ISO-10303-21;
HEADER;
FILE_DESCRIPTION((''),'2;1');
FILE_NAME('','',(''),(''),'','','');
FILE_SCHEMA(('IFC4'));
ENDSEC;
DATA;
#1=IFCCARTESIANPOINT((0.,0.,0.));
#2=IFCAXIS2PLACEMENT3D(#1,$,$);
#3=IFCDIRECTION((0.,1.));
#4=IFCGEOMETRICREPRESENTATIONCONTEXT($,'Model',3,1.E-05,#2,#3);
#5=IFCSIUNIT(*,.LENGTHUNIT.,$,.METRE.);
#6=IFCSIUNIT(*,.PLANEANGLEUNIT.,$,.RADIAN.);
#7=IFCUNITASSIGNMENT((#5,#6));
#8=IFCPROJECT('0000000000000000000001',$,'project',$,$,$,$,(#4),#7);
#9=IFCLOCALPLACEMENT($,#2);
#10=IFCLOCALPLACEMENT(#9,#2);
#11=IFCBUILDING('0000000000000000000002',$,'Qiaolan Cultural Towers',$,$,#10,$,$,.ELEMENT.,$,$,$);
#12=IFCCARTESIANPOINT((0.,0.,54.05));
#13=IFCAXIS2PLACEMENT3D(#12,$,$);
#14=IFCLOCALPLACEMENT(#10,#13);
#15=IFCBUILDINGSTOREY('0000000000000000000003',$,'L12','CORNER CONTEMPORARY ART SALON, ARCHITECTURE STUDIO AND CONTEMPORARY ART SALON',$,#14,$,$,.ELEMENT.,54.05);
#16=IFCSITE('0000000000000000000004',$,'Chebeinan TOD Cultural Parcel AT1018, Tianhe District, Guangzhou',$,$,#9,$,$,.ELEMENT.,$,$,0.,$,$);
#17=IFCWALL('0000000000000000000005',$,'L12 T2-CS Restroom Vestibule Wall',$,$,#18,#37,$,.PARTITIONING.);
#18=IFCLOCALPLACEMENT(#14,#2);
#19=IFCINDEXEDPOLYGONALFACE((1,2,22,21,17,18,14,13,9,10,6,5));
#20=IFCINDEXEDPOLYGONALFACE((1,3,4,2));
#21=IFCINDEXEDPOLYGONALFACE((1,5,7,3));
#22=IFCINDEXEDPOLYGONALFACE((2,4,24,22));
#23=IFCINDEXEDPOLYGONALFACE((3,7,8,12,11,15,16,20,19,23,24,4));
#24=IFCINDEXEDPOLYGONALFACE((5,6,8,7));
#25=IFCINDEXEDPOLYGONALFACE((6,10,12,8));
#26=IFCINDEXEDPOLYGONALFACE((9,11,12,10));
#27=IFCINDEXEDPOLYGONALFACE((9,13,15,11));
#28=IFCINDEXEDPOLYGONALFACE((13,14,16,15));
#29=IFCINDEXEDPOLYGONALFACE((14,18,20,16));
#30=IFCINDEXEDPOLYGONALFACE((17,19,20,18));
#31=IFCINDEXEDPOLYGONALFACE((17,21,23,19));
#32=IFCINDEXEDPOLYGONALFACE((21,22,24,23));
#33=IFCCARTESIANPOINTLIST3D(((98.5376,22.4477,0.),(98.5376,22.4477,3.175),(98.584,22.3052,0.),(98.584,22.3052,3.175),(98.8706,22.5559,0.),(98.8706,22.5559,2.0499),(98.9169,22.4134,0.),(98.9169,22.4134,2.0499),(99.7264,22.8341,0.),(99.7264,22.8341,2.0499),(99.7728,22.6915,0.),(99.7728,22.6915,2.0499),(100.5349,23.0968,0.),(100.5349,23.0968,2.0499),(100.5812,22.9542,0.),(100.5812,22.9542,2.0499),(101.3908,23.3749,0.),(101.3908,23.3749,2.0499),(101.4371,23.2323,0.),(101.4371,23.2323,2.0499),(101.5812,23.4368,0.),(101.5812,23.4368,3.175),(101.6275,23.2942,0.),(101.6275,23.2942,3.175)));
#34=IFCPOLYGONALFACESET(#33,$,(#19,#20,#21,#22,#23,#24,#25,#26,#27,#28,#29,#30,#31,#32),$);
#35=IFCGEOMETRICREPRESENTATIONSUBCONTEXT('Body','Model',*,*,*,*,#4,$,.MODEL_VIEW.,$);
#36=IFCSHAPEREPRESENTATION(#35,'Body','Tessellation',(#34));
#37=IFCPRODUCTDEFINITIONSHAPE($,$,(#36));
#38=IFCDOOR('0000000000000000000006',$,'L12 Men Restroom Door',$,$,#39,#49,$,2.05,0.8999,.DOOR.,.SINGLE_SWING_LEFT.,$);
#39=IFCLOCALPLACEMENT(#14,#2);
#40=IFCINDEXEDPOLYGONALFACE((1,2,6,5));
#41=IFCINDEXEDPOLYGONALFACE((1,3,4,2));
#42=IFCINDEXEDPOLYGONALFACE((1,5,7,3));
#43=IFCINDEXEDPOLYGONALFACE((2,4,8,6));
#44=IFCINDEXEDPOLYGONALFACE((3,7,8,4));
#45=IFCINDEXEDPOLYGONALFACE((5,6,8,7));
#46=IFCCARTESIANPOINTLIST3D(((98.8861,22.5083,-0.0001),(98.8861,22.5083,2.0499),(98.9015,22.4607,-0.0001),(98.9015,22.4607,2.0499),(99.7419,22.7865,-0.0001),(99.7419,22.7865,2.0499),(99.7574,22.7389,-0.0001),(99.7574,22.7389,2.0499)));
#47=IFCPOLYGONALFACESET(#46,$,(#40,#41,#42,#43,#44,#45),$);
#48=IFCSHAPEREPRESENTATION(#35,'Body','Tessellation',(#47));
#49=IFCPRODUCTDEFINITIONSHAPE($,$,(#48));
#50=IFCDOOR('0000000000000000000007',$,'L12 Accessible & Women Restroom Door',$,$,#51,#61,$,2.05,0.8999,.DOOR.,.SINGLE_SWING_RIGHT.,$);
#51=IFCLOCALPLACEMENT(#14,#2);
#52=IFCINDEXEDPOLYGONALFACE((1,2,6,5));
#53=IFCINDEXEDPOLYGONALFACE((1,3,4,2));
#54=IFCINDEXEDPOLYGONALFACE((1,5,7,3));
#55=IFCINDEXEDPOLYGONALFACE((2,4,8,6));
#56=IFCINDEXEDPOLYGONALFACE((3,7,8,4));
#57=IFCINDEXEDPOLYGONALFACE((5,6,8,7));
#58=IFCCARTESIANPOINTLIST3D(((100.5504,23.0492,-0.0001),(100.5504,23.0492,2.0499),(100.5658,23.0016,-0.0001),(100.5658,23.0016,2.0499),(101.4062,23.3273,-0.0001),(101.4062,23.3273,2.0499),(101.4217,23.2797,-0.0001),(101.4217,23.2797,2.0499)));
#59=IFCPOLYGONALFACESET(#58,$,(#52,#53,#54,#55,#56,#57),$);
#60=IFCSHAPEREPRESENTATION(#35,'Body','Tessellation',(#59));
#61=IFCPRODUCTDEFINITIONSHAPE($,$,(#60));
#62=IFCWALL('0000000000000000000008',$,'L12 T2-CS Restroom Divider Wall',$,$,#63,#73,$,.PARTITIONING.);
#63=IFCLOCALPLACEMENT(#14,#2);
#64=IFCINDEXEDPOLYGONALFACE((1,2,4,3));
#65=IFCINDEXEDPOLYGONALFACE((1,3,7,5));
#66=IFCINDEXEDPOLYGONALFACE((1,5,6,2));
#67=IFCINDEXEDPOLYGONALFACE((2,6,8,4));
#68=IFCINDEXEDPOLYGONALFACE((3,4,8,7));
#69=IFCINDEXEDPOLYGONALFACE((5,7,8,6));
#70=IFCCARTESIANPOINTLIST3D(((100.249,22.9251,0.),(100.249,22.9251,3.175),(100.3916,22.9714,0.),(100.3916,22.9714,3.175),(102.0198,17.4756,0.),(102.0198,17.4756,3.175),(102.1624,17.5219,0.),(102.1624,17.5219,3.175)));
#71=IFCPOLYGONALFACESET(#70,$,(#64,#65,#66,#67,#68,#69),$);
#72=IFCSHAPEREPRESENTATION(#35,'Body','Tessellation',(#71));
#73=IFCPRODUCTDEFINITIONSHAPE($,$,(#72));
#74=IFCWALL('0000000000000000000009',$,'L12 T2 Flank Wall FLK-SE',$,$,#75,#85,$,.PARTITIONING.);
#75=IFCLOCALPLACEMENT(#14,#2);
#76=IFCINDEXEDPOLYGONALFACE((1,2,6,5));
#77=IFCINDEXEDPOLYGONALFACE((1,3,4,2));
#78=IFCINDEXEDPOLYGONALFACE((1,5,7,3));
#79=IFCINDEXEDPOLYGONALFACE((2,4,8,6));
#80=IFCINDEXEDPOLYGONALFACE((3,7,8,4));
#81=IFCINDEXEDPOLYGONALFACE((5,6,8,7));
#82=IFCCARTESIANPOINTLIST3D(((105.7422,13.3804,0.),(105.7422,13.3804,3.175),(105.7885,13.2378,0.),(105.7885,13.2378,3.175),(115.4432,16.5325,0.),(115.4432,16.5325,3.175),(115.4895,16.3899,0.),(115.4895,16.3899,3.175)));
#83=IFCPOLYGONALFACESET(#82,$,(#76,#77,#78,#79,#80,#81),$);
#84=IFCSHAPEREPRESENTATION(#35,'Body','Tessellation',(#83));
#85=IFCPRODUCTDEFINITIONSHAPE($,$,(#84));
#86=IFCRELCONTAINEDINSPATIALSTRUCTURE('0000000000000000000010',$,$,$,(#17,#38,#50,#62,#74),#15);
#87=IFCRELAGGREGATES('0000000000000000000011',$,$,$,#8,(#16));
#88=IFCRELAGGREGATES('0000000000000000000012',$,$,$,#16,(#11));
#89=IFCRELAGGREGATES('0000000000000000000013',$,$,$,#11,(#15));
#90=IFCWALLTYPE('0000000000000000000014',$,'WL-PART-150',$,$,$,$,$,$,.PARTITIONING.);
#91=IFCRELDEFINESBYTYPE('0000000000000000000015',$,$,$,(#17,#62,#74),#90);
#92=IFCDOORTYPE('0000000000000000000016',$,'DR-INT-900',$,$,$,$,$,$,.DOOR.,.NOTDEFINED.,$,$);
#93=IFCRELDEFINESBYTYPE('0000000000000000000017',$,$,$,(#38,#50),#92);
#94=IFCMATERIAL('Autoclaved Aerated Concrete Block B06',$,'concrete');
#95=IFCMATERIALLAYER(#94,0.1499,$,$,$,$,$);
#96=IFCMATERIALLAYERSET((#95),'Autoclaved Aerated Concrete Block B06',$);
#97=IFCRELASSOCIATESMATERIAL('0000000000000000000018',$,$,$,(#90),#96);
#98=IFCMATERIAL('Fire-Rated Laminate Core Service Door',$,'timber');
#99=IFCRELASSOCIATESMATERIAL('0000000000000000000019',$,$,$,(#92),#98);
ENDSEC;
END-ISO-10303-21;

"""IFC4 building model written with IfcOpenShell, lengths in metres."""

from ifc_helpers import new_model, si_unit, direction, frame, frame_2d, origin, place, context, subcontext, project, spatial, rectangle, extrude, material, layer, layer_set, type_object, element, fill, save


model = new_model("IFC4")

# Units and contexts
model_context = context("Model", 3, precision=1e-05, world=origin(), true_north=direction((0.0, 1.0)))
body_context = subcontext(model_context, "Body", "Model", "MODEL_VIEW")
ifc_project = project(units=[si_unit("LENGTHUNIT", "METRE"), si_unit("PLANEANGLEUNIT", "RADIAN")], contexts=[model_context])

# Site, building, storey
site_placement = place(None, origin())
site = spatial("IfcSite", under=ifc_project, at=site_placement, Name="Chebeinan TOD Cultural Parcel AT1018, Tianhe District, Guangzhou", CompositionType="ELEMENT", RefElevation=0.0)
building_placement = place(site_placement, origin())
building = spatial("IfcBuilding", under=site, at=building_placement, Name="Qiaolan Cultural Towers", CompositionType="ELEMENT")
storey_placement = place(building_placement, frame((0.0, 0.0, 54.05)))
storey = spatial("IfcBuildingStorey", under=building, at=storey_placement, Name="L12", Description="CORNER CONTEMPORARY ART SALON, ARCHITECTURE STUDIO AND CONTEMPORARY ART SALON", CompositionType="ELEMENT", Elevation=54.05)

# Wall, openings, doors
ifc_material_1 = material(Name="Autoclaved Aerated Concrete Block B06", Category="concrete")
ifc_layer_1 = layer(ifc_material_1, 0.1499)
ifc_layer_set_1 = layer_set([ifc_layer_1], Name="Autoclaved Aerated Concrete Block B06")
wall_type_1 = type_object("IfcWallType", Name="WL-PART-150", PredefinedType="PARTITIONING", material=ifc_layer_set_1)
wall_1_placement = place(storey_placement, frame((98.5608, 22.3765, 0.0), z_axis=(0.0, 0.0, 1.0), x_axis=(0.951044, 0.309055, 0.0)))
wall_1 = element("IfcWall", 1, at=wall_1_placement, inside=storey, type_object=wall_type_1, Name="L12 T2-CS Restroom Vestibule Wall", PredefinedType="PARTITIONING", context=body_context, shape_type="SweptSolid", body=[
    extrude(rectangle(XDim=3.2002, YDim=0.1499, at=frame_2d((1.6001, 0.0))), origin(), (0.0, 0.0, 1.0), 3.175),
])
opening_1_placement = place(wall_1_placement, frame((0.3501, 0.0, 0.0)))
opening_1 = element("IfcOpeningElement", 2, at=opening_1_placement, cuts=wall_1, PredefinedType="OPENING", context=body_context, shape_type="SweptSolid", body=[
    extrude(rectangle(XDim=0.8999, YDim=2.05, at=frame_2d((0.45, 1.0249))), frame((0.0, 0.085, 0.0), z_axis=(0.0, -1.0, 0.0), x_axis=(1.0, 0.0, 0.0)), (0.0, 0.0, 1.0), 0.1699),
])
opening_2_placement = place(wall_1_placement, frame((2.1001, 0.0, 0.0)))
opening_2 = element("IfcOpeningElement", 3, at=opening_2_placement, cuts=wall_1, PredefinedType="OPENING", context=body_context, shape_type="SweptSolid", body=[
    extrude(rectangle(XDim=0.8999, YDim=2.05, at=frame_2d((0.45, 1.0249))), frame((0.0, 0.085, 0.0), z_axis=(0.0, -1.0, 0.0), x_axis=(1.0, 0.0, 0.0)), (0.0, 0.0, 1.0), 0.1699),
])
ifc_material_2 = material(Name="Fire-Rated Laminate Core Service Door", Category="timber")
door_type_1 = type_object("IfcDoorType", Name="DR-INT-900", OperationType="NOTDEFINED", PredefinedType="DOOR", material=ifc_material_2)
door_1_placement = place(opening_1_placement, origin())
door_1 = element("IfcDoor", 4, at=door_1_placement, inside=storey, type_object=door_type_1, Name="L12 Men Restroom Door", OperationType="SINGLE_SWING_LEFT", OverallHeight=2.05, OverallWidth=0.8999, PredefinedType="DOOR", context=body_context, shape_type="SweptSolid", body=[
    extrude(rectangle(XDim=0.8999, YDim=2.05, at=frame_2d((0.45, 1.0249))), frame((0.0, 0.0249, 0.0), z_axis=(0.0, -1.0, 0.0), x_axis=(1.0, 0.0, 0.0)), (0.0, 0.0, 1.0), 0.05),
])
fill(opening_1, door_1)
door_2_placement = place(opening_2_placement, origin())
door_2 = element("IfcDoor", 5, at=door_2_placement, inside=storey, type_object=door_type_1, Name="L12 Accessible & Women Restroom Door", OperationType="SINGLE_SWING_RIGHT", OverallHeight=2.05, OverallWidth=0.8999, PredefinedType="DOOR", context=body_context, shape_type="SweptSolid", body=[
    extrude(rectangle(XDim=0.8999, YDim=2.05, at=frame_2d((0.45, 1.0249))), frame((0.0, 0.0249, 0.0), z_axis=(0.0, -1.0, 0.0), x_axis=(1.0, 0.0, 0.0)), (0.0, 0.0, 1.0), 0.05),
])
fill(opening_2, door_2)

# Walls
wall_2_placement = place(storey_placement, frame((100.3203, 22.9482, 0.0), z_axis=(0.0, 0.0, 1.0), x_axis=(0.309035, -0.951051, 0.0)))
element("IfcWall", 6, at=wall_2_placement, inside=storey, type_object=wall_type_1, Name="L12 T2-CS Restroom Divider Wall", PredefinedType="PARTITIONING", context=body_context, shape_type="SweptSolid", body=[
    extrude(rectangle(XDim=5.73, YDim=0.1499, at=frame_2d((2.865, 0.0))), origin(), (0.0, 0.0, 1.0), 3.175),
])
wall_3_placement = place(storey_placement, frame((105.7654, 13.3091, 0.0), z_axis=(0.0, 0.0, 1.0), x_axis=(0.951054, 0.309024, 0.0)))
element("IfcWall", 7, at=wall_3_placement, inside=storey, type_object=wall_type_1, Name="L12 T2 Flank Wall FLK-SE", PredefinedType="PARTITIONING", context=body_context, shape_type="SweptSolid", body=[
    extrude(rectangle(XDim=10.2002, YDim=0.1499, at=frame_2d((5.1001, 0.0))), origin(), (0.0, 0.0, 1.0), 3.175),
])

save(model, "model.ifc")
